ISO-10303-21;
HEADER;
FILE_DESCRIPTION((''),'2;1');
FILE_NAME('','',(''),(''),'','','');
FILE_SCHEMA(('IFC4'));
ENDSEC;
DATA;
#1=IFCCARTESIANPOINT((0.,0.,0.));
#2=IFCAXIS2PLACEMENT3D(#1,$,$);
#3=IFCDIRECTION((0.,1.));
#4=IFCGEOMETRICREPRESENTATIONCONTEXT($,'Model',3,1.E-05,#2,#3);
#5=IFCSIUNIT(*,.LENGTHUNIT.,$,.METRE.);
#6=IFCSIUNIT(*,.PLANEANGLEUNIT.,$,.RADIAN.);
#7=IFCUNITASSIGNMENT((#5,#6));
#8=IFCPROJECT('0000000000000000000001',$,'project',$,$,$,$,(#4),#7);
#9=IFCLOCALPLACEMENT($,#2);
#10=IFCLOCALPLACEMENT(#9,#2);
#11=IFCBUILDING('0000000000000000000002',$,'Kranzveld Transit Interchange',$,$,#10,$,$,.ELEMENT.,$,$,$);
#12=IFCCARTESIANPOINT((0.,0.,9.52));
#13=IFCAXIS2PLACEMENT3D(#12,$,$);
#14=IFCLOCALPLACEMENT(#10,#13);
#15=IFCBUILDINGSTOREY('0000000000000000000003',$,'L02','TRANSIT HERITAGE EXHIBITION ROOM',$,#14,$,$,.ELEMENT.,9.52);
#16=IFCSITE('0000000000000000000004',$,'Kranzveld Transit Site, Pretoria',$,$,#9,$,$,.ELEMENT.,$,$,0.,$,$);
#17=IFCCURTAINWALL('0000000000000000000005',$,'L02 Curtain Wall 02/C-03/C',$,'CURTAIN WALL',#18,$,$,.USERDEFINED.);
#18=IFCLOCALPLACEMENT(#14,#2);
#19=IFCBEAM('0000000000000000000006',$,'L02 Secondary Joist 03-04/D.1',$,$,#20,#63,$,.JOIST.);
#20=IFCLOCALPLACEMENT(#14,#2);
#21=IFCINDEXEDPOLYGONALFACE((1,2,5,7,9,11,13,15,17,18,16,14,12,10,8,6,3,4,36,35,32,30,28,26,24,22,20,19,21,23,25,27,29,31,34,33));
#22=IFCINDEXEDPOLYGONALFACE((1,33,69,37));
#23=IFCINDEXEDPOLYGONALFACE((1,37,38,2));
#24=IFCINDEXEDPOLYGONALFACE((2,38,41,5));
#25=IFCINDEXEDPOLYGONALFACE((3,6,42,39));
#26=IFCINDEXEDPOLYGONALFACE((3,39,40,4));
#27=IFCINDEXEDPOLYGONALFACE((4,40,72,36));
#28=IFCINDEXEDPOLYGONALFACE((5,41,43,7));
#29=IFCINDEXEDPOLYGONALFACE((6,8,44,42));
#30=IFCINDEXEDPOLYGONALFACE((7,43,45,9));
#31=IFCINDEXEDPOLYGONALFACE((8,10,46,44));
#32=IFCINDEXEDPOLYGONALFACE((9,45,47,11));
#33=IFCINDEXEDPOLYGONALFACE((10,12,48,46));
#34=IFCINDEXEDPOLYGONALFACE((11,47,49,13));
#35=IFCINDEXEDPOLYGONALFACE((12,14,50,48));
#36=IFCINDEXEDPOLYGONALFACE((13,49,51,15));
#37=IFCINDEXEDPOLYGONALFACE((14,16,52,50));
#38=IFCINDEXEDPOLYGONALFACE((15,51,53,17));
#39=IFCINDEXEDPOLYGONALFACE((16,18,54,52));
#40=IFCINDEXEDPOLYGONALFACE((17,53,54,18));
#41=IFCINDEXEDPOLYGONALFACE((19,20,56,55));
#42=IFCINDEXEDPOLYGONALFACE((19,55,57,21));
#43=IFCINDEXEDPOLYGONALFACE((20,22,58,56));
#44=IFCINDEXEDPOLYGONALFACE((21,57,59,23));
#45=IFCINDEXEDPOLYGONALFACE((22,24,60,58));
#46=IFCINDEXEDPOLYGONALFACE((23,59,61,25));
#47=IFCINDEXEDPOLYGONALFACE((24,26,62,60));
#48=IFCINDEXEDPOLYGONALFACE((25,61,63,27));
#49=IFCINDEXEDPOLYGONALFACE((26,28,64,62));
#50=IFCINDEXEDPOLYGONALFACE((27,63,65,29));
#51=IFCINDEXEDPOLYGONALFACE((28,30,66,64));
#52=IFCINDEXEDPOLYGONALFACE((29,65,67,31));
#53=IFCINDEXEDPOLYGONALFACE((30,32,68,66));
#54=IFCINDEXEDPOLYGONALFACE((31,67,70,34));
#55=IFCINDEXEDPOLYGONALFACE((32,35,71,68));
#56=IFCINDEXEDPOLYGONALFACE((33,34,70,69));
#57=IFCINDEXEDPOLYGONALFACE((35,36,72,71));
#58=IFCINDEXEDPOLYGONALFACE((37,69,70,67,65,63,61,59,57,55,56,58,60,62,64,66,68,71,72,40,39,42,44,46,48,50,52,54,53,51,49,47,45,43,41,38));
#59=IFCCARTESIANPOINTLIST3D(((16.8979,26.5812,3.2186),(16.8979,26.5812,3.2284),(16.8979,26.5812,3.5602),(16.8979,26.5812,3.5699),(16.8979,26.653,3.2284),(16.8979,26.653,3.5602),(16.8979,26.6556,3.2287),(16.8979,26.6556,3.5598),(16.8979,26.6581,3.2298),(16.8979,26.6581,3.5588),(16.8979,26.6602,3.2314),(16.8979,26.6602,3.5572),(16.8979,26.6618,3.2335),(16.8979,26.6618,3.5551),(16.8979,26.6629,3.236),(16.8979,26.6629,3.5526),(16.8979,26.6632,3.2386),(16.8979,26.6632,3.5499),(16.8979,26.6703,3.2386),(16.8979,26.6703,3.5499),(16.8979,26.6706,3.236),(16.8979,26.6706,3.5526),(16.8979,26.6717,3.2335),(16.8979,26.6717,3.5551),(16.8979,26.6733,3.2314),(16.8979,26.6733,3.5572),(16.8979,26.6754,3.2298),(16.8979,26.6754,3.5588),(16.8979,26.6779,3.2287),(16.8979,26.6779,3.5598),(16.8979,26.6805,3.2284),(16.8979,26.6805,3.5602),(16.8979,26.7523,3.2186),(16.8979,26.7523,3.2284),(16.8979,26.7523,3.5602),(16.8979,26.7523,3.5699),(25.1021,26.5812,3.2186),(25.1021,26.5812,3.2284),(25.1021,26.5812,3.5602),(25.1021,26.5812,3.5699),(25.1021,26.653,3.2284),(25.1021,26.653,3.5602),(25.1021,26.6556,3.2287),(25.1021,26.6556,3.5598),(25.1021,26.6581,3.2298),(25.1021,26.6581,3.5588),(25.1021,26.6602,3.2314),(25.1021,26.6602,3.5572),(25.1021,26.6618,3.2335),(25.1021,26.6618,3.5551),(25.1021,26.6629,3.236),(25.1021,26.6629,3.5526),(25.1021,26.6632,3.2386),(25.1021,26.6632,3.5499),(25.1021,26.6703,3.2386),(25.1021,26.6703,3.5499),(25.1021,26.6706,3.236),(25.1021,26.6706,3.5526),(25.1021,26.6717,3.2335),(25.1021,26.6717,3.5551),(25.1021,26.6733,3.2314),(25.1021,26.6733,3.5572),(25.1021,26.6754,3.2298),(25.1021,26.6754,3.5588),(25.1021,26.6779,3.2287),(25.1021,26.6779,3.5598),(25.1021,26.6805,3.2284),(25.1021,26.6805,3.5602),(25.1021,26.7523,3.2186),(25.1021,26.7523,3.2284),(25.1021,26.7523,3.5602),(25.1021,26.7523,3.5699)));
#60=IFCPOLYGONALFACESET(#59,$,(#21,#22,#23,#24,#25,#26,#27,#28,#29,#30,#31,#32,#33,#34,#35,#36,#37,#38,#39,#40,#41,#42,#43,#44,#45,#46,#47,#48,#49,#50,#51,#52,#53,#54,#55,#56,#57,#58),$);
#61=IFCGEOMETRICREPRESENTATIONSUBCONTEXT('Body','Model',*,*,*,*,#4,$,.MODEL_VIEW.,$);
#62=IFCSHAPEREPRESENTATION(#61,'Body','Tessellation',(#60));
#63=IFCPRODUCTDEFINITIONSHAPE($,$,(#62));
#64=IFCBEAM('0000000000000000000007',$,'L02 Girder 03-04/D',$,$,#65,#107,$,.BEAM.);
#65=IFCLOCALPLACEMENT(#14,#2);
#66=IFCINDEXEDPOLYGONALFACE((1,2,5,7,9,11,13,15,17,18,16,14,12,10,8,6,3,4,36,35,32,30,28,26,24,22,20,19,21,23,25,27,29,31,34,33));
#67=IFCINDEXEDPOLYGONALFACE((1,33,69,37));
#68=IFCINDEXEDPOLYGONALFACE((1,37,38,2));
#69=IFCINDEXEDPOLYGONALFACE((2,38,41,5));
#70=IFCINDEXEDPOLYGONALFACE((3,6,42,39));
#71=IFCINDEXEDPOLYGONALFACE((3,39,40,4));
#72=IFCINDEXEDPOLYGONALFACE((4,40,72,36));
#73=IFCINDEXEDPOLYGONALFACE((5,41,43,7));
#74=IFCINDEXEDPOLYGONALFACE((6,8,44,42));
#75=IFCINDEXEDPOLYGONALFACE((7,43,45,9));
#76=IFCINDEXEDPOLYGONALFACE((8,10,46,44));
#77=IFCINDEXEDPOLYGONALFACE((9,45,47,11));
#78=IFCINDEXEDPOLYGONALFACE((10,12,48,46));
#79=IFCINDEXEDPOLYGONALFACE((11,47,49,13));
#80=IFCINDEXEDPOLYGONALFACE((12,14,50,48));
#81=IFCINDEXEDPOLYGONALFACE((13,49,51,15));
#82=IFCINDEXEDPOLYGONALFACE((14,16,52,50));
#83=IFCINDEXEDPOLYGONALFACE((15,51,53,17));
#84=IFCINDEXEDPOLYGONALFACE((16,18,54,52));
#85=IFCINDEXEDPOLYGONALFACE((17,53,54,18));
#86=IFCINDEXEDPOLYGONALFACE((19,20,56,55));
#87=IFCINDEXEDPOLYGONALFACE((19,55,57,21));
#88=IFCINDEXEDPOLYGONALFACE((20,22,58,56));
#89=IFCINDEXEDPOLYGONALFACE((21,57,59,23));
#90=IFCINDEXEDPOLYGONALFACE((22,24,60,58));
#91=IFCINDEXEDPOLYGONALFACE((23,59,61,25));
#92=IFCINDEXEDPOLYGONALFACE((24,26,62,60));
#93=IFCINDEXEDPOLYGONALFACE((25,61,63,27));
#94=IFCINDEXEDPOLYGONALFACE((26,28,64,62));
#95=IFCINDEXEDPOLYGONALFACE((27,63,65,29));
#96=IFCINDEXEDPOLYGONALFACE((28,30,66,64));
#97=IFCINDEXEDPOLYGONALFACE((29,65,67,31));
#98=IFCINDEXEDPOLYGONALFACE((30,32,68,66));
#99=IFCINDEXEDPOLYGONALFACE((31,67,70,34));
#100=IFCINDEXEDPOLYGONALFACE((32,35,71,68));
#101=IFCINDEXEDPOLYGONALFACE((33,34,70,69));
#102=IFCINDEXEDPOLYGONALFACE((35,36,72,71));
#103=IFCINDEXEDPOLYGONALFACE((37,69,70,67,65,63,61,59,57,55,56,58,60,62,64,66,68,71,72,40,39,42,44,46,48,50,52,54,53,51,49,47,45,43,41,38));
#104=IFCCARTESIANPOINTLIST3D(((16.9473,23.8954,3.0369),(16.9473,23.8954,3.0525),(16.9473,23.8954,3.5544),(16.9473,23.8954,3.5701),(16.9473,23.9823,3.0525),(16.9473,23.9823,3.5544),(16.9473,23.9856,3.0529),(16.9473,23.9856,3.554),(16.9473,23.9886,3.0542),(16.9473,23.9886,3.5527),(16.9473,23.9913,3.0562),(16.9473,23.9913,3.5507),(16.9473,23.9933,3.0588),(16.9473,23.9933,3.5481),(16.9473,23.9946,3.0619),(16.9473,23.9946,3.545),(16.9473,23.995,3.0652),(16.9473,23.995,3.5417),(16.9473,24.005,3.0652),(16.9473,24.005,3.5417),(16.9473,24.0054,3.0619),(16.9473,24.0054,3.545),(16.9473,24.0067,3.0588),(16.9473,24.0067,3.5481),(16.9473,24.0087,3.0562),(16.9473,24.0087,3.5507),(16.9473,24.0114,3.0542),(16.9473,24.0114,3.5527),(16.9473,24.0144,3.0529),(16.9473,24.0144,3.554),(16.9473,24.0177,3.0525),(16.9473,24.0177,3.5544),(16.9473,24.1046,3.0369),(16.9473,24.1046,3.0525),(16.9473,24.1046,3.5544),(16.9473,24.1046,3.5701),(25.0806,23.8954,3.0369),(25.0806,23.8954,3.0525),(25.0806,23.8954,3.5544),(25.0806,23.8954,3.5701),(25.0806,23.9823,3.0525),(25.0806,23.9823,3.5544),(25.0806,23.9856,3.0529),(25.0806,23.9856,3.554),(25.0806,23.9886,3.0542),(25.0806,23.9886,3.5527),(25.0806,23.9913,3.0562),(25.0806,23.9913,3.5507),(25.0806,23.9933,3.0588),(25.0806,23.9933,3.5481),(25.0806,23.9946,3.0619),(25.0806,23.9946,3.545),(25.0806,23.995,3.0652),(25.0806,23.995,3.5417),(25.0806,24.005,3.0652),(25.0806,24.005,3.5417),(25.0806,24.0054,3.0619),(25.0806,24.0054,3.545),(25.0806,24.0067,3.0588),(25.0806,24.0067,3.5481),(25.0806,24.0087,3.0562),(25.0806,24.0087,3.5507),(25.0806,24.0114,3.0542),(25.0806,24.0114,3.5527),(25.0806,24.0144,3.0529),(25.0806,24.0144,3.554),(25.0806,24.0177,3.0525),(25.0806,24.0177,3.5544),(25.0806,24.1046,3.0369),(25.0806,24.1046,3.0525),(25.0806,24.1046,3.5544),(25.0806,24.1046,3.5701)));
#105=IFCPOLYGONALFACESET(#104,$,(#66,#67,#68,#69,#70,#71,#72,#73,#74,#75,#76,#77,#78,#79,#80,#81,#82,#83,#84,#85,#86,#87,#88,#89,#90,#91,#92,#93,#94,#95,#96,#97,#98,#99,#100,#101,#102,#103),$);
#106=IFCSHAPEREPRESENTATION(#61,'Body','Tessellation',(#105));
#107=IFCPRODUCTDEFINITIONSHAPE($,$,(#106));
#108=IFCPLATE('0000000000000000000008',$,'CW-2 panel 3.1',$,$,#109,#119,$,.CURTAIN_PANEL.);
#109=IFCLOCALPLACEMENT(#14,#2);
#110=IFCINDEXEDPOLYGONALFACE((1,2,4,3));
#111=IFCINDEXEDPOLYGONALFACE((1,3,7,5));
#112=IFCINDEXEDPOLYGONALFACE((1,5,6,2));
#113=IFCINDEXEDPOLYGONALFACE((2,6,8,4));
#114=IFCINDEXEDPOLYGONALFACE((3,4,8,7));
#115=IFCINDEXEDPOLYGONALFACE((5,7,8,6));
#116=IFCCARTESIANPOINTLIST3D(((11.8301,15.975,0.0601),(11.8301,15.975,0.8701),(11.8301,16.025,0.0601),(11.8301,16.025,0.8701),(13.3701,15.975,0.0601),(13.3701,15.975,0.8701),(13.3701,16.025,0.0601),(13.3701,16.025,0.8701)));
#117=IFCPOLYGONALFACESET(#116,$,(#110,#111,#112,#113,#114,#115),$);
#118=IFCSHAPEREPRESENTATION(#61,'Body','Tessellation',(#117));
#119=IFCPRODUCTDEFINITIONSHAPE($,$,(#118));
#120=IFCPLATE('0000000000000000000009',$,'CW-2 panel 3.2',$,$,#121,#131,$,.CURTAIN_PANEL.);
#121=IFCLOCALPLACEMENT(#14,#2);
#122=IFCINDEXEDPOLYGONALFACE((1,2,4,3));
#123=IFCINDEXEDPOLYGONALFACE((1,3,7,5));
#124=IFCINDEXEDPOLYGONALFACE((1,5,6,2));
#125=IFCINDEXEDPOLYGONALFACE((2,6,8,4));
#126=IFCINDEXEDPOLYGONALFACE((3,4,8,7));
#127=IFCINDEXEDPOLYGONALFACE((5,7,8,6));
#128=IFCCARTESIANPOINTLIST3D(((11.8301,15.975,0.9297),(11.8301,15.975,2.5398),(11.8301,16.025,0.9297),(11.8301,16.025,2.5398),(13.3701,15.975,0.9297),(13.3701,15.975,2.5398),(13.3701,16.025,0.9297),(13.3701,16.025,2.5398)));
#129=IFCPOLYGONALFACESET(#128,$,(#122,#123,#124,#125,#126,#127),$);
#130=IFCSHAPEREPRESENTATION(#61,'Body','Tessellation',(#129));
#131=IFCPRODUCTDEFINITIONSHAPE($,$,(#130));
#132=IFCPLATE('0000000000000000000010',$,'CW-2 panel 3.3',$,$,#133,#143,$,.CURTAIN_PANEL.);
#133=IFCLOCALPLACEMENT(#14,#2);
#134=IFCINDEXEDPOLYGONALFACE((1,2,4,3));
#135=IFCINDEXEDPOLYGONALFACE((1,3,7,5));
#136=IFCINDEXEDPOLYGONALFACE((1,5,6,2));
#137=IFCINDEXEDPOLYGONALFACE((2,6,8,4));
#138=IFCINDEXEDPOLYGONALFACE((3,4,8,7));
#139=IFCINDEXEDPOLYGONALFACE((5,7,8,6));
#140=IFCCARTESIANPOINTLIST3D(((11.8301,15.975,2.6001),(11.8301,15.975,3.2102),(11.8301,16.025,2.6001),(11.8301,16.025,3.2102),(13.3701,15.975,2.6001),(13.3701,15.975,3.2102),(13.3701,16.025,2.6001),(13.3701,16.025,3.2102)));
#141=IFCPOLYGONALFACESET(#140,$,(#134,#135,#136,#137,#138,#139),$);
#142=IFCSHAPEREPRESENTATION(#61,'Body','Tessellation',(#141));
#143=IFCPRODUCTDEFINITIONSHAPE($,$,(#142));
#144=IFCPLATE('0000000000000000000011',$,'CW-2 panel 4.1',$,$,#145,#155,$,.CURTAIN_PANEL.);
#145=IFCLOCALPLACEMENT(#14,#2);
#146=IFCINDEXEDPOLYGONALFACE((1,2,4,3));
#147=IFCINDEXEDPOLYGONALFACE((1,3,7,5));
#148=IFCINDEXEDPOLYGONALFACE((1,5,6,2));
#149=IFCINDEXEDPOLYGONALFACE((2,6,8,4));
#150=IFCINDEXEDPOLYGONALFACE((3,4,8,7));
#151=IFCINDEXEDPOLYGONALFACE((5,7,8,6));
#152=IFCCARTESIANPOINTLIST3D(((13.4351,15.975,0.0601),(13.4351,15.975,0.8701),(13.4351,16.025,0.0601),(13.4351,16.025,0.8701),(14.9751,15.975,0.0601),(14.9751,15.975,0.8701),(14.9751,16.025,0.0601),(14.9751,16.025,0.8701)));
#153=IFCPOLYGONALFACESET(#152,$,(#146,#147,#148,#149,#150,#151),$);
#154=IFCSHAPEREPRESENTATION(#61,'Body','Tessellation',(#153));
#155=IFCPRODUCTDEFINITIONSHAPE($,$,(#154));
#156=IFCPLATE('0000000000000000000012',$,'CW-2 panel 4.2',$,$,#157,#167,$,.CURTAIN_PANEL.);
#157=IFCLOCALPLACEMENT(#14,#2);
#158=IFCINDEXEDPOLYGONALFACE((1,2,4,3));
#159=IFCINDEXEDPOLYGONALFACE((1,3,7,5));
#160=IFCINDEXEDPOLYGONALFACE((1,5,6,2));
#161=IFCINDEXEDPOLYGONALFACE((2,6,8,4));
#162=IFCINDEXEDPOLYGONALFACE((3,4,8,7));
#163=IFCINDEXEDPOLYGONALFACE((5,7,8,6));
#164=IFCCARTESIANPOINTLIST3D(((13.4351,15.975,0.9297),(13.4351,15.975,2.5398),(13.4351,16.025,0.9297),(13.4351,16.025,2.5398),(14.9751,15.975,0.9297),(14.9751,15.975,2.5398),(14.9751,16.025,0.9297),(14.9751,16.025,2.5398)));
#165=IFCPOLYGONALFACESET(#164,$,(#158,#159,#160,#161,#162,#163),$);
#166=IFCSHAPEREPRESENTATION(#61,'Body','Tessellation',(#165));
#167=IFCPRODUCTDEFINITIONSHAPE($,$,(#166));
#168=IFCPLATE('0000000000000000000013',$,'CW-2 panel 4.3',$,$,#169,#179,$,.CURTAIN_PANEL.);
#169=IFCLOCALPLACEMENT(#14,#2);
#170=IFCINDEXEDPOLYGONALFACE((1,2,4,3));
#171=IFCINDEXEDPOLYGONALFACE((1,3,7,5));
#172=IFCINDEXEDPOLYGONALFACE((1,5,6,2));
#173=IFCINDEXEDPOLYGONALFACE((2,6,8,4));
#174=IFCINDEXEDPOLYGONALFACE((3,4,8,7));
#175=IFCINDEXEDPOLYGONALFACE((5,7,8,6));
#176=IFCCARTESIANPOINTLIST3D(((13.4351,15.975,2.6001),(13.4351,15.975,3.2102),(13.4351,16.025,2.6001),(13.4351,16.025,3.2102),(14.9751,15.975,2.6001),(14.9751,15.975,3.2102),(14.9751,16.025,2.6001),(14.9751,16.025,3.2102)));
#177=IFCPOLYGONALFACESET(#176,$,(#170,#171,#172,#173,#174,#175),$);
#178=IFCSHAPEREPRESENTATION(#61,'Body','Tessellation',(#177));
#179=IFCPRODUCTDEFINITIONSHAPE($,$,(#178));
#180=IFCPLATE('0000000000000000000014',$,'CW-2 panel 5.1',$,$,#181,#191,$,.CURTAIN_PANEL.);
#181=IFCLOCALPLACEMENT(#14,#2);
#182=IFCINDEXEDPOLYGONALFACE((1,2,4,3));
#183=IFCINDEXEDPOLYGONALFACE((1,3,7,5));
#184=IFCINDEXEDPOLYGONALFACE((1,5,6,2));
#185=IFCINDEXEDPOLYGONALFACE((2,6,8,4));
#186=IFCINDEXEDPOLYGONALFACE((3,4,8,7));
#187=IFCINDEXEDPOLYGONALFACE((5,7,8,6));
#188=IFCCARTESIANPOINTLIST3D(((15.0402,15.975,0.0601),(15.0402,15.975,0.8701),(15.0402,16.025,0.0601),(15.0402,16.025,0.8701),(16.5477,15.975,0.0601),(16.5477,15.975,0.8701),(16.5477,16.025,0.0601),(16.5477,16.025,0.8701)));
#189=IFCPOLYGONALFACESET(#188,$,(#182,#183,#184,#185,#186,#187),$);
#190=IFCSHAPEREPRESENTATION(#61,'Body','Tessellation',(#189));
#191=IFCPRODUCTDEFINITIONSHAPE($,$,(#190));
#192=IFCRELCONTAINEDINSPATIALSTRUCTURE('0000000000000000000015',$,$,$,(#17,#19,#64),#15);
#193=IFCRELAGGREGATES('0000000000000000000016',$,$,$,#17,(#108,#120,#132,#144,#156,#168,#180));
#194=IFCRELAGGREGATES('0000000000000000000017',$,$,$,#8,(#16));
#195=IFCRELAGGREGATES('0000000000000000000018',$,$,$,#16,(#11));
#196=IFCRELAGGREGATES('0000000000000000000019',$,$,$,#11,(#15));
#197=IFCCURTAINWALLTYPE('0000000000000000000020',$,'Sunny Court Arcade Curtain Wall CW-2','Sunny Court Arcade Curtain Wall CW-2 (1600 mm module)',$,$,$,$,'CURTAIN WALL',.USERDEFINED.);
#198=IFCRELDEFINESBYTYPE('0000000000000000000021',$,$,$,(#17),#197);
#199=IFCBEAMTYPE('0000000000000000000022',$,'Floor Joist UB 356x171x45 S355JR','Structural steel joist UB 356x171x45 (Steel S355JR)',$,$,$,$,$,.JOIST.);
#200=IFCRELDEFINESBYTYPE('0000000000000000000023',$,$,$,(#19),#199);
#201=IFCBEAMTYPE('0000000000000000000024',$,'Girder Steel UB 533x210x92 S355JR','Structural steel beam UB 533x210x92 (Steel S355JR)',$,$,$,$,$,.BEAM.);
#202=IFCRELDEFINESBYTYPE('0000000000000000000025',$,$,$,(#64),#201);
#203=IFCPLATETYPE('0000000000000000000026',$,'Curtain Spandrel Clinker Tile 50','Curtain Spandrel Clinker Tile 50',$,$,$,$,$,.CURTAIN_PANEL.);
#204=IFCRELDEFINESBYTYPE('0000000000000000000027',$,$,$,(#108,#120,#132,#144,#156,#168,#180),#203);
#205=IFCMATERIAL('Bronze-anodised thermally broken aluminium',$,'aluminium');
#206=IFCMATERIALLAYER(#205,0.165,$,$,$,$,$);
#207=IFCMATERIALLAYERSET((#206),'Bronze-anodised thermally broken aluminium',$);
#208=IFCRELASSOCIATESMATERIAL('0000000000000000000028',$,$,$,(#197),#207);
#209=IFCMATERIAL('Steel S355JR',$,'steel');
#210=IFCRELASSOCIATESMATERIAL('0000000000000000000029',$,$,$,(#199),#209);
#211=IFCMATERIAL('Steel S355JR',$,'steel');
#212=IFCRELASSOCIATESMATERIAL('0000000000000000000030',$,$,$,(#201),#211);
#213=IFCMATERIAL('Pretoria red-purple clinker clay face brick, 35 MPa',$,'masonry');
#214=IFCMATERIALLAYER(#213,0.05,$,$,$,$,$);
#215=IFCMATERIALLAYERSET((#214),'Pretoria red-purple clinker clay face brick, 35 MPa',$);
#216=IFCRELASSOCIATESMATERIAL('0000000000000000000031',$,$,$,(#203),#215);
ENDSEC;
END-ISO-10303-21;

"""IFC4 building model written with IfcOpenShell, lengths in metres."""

from ifc_helpers import new_model, si_unit, direction, frame, origin, origin_2d, place, context, subcontext, project, spatial, rectangle, i_section, extrude, material, layer, layer_set, material_profile, profile_set, type_object, element, aggregate, save


model = new_model("IFC4")

# Units and contexts
model_context = context("Model", 3, precision=1e-05, world=origin(), true_north=direction((0.0, 1.0)))
body_context = subcontext(model_context, "Body", "Model", "MODEL_VIEW")
ifc_project = project(units=[si_unit("LENGTHUNIT", "METRE"), si_unit("PLANEANGLEUNIT", "RADIAN")], contexts=[model_context])

# Site, building, storey
site_placement = place(None, origin())
site = spatial("IfcSite", under=ifc_project, at=site_placement, Name="Kranzveld Transit Site, Pretoria", CompositionType="ELEMENT", RefElevation=0.0)
building_placement = place(site_placement, origin())
building = spatial("IfcBuilding", under=site, at=building_placement, Name="Kranzveld Transit Interchange", CompositionType="ELEMENT")
storey_placement = place(building_placement, frame((0.0, 0.0, 9.52)))
storey = spatial("IfcBuildingStorey", under=building, at=storey_placement, Name="L02", Description="TRANSIT HERITAGE EXHIBITION ROOM", CompositionType="ELEMENT", Elevation=9.52)

# Curtain wall
ifc_material_1 = material(Name="Bronze-anodised thermally broken aluminium", Category="aluminium")
ifc_layer_1 = layer(ifc_material_1, 0.165)
ifc_layer_set_1 = layer_set([ifc_layer_1], Name="Bronze-anodised thermally broken aluminium")
curtain_wall_type = type_object("IfcCurtainWallType", Name="Sunny Court Arcade Curtain Wall CW-2", Description="Sunny Court Arcade Curtain Wall CW-2 (1600 mm module)", ElementType="CURTAIN WALL", PredefinedType="USERDEFINED", material=ifc_layer_set_1)
curtain_wall_placement = place(storey_placement, origin())
curtain_wall = element("IfcCurtainWall", 1, at=curtain_wall_placement, inside=storey, type_object=curtain_wall_type, Name="L02 Curtain Wall 02/C-03/C", ObjectType="CURTAIN WALL", PredefinedType="USERDEFINED")

# Beams
ifc_material_2 = material(Name="Steel S355JR", Category="steel")
ifc_material_profile_1 = material_profile(ifc_material_2, i_section(OverallWidth=0.1711, OverallDepth=0.3513, WebThickness=0.0071, FlangeThickness=0.0098, FilletRadius=0.0103, at=origin_2d()), Name="UB 356x171x45")
ifc_profile_set_1 = profile_set([ifc_material_profile_1], Name="Steel S355JR")
beam_type_1 = type_object("IfcBeamType", Name="Floor Joist UB 356x171x45 S355JR", Description="Structural steel joist UB 356x171x45 (Steel S355JR)", PredefinedType="JOIST", material=ifc_profile_set_1)
for number, where, z_axis, x_axis, name in (
    (2, (16.8979, 26.6667, 3.3943), (1.0, 0.0, 0.0), (0.0, 1.0, 0.0), "L02 Secondary Joist 03-04/D.1"),
):
    element("IfcBeam", number, at=place(storey_placement, frame(where, z_axis=z_axis, x_axis=x_axis)), inside=storey, type_object=beam_type_1, Name=name, PredefinedType="JOIST", context=body_context, shape_type="SweptSolid", body=[
        extrude(i_section(OverallWidth=0.1711, OverallDepth=0.3513, WebThickness=0.0071, FlangeThickness=0.0098, FilletRadius=0.0103, at=origin_2d()), origin(), (0.0, 0.0, 1.0), 8.2041),
    ])
ifc_material_3 = material(Name="Steel S355JR", Category="steel")
ifc_material_profile_2 = material_profile(ifc_material_3, i_section(OverallWidth=0.2092, OverallDepth=0.5332, WebThickness=0.01, FlangeThickness=0.0156, FilletRadius=0.0127, at=origin_2d()), Name="UB 533x210x92")
ifc_profile_set_2 = profile_set([ifc_material_profile_2], Name="Steel S355JR")
beam_type_2 = type_object("IfcBeamType", Name="Girder Steel UB 533x210x92 S355JR", Description="Structural steel beam UB 533x210x92 (Steel S355JR)", PredefinedType="BEAM", material=ifc_profile_set_2)
beam_1_placement = place(storey_placement, frame((16.9473, 24.0, 3.3035), z_axis=(1.0, 0.0, 0.0), x_axis=(0.0, 1.0, 0.0)))
element("IfcBeam", 3, at=beam_1_placement, inside=storey, type_object=beam_type_2, Name="L02 Girder 03-04/D", PredefinedType="BEAM", context=body_context, shape_type="SweptSolid", body=[
    extrude(i_section(OverallWidth=0.2092, OverallDepth=0.5332, WebThickness=0.01, FlangeThickness=0.0156, FilletRadius=0.0127, at=origin_2d()), origin(), (0.0, 0.0, 1.0), 8.1333),
])

# Plates
ifc_material_4 = material(Name="Pretoria red-purple clinker clay face brick, 35 MPa", Category="masonry")
ifc_layer_2 = layer(ifc_material_4, 0.05)
ifc_layer_set_2 = layer_set([ifc_layer_2], Name="Pretoria red-purple clinker clay face brick, 35 MPa")
plate_type = type_object("IfcPlateType", Name="Curtain Spandrel Clinker Tile 50", Description="Curtain Spandrel Clinker Tile 50", PredefinedType="CURTAIN_PANEL", material=ifc_layer_set_2)
plate_1_placement = place(storey_placement, frame((12.6001, 16.0, 0.0601), z_axis=(0.0, 0.0, 1.0), x_axis=(1.0, 0.0, 0.0)))
plate_1 = element("IfcPlate", 4, at=plate_1_placement, type_object=plate_type, Name="CW-2 panel 3.1", PredefinedType="CURTAIN_PANEL", context=body_context, shape_type="SweptSolid", body=[
    extrude(rectangle(XDim=1.54, YDim=0.05, at=origin_2d()), origin(), (0.0, 0.0, 1.0), 0.8101),
])
plate_2_placement = place(storey_placement, frame((12.6001, 16.0, 0.9297), z_axis=(0.0, 0.0, 1.0), x_axis=(1.0, 0.0, 0.0)))
plate_2 = element("IfcPlate", 5, at=plate_2_placement, type_object=plate_type, Name="CW-2 panel 3.2", PredefinedType="CURTAIN_PANEL", context=body_context, shape_type="SweptSolid", body=[
    extrude(rectangle(XDim=1.54, YDim=0.05, at=origin_2d()), origin(), (0.0, 0.0, 1.0), 1.6101),
])
plate_3_placement = place(storey_placement, frame((12.6001, 16.0, 2.6001), z_axis=(0.0, 0.0, 1.0), x_axis=(1.0, 0.0, 0.0)))
plate_3 = element("IfcPlate", 6, at=plate_3_placement, type_object=plate_type, Name="CW-2 panel 3.3", PredefinedType="CURTAIN_PANEL", context=body_context, shape_type="SweptSolid", body=[
    extrude(rectangle(XDim=1.54, YDim=0.05, at=origin_2d()), origin(), (0.0, 0.0, 1.0), 0.6101),
])
plate_4_placement = place(storey_placement, frame((14.2051, 16.0, 0.0601), z_axis=(0.0, 0.0, 1.0), x_axis=(1.0, 0.0, 0.0)))
plate_4 = element("IfcPlate", 7, at=plate_4_placement, type_object=plate_type, Name="CW-2 panel 4.1", PredefinedType="CURTAIN_PANEL", context=body_context, shape_type="SweptSolid", body=[
    extrude(rectangle(XDim=1.54, YDim=0.05, at=origin_2d()), origin(), (0.0, 0.0, 1.0), 0.8101),
])
plate_5_placement = place(storey_placement, frame((14.2051, 16.0, 0.9297), z_axis=(0.0, 0.0, 1.0), x_axis=(1.0, 0.0, 0.0)))
plate_5 = element("IfcPlate", 8, at=plate_5_placement, type_object=plate_type, Name="CW-2 panel 4.2", PredefinedType="CURTAIN_PANEL", context=body_context, shape_type="SweptSolid", body=[
    extrude(rectangle(XDim=1.54, YDim=0.05, at=origin_2d()), origin(), (0.0, 0.0, 1.0), 1.6101),
])
plate_6_placement = place(storey_placement, frame((14.2051, 16.0, 2.6001), z_axis=(0.0, 0.0, 1.0), x_axis=(1.0, 0.0, 0.0)))
plate_6 = element("IfcPlate", 9, at=plate_6_placement, type_object=plate_type, Name="CW-2 panel 4.3", PredefinedType="CURTAIN_PANEL", context=body_context, shape_type="SweptSolid", body=[
    extrude(rectangle(XDim=1.54, YDim=0.05, at=origin_2d()), origin(), (0.0, 0.0, 1.0), 0.6101),
])
plate_7_placement = place(storey_placement, frame((15.7939, 16.0, 0.0601), z_axis=(0.0, 0.0, 1.0), x_axis=(1.0, 0.0, 0.0)))
plate_7 = element("IfcPlate", 10, at=plate_7_placement, type_object=plate_type, Name="CW-2 panel 5.1", PredefinedType="CURTAIN_PANEL", context=body_context, shape_type="SweptSolid", body=[
    extrude(rectangle(XDim=1.5076, YDim=0.05, at=origin_2d()), origin(), (0.0, 0.0, 1.0), 0.8101),
])
aggregate(curtain_wall, [plate_1, plate_2, plate_3, plate_4, plate_5, plate_6, plate_7])

save(model, "model.ifc")
